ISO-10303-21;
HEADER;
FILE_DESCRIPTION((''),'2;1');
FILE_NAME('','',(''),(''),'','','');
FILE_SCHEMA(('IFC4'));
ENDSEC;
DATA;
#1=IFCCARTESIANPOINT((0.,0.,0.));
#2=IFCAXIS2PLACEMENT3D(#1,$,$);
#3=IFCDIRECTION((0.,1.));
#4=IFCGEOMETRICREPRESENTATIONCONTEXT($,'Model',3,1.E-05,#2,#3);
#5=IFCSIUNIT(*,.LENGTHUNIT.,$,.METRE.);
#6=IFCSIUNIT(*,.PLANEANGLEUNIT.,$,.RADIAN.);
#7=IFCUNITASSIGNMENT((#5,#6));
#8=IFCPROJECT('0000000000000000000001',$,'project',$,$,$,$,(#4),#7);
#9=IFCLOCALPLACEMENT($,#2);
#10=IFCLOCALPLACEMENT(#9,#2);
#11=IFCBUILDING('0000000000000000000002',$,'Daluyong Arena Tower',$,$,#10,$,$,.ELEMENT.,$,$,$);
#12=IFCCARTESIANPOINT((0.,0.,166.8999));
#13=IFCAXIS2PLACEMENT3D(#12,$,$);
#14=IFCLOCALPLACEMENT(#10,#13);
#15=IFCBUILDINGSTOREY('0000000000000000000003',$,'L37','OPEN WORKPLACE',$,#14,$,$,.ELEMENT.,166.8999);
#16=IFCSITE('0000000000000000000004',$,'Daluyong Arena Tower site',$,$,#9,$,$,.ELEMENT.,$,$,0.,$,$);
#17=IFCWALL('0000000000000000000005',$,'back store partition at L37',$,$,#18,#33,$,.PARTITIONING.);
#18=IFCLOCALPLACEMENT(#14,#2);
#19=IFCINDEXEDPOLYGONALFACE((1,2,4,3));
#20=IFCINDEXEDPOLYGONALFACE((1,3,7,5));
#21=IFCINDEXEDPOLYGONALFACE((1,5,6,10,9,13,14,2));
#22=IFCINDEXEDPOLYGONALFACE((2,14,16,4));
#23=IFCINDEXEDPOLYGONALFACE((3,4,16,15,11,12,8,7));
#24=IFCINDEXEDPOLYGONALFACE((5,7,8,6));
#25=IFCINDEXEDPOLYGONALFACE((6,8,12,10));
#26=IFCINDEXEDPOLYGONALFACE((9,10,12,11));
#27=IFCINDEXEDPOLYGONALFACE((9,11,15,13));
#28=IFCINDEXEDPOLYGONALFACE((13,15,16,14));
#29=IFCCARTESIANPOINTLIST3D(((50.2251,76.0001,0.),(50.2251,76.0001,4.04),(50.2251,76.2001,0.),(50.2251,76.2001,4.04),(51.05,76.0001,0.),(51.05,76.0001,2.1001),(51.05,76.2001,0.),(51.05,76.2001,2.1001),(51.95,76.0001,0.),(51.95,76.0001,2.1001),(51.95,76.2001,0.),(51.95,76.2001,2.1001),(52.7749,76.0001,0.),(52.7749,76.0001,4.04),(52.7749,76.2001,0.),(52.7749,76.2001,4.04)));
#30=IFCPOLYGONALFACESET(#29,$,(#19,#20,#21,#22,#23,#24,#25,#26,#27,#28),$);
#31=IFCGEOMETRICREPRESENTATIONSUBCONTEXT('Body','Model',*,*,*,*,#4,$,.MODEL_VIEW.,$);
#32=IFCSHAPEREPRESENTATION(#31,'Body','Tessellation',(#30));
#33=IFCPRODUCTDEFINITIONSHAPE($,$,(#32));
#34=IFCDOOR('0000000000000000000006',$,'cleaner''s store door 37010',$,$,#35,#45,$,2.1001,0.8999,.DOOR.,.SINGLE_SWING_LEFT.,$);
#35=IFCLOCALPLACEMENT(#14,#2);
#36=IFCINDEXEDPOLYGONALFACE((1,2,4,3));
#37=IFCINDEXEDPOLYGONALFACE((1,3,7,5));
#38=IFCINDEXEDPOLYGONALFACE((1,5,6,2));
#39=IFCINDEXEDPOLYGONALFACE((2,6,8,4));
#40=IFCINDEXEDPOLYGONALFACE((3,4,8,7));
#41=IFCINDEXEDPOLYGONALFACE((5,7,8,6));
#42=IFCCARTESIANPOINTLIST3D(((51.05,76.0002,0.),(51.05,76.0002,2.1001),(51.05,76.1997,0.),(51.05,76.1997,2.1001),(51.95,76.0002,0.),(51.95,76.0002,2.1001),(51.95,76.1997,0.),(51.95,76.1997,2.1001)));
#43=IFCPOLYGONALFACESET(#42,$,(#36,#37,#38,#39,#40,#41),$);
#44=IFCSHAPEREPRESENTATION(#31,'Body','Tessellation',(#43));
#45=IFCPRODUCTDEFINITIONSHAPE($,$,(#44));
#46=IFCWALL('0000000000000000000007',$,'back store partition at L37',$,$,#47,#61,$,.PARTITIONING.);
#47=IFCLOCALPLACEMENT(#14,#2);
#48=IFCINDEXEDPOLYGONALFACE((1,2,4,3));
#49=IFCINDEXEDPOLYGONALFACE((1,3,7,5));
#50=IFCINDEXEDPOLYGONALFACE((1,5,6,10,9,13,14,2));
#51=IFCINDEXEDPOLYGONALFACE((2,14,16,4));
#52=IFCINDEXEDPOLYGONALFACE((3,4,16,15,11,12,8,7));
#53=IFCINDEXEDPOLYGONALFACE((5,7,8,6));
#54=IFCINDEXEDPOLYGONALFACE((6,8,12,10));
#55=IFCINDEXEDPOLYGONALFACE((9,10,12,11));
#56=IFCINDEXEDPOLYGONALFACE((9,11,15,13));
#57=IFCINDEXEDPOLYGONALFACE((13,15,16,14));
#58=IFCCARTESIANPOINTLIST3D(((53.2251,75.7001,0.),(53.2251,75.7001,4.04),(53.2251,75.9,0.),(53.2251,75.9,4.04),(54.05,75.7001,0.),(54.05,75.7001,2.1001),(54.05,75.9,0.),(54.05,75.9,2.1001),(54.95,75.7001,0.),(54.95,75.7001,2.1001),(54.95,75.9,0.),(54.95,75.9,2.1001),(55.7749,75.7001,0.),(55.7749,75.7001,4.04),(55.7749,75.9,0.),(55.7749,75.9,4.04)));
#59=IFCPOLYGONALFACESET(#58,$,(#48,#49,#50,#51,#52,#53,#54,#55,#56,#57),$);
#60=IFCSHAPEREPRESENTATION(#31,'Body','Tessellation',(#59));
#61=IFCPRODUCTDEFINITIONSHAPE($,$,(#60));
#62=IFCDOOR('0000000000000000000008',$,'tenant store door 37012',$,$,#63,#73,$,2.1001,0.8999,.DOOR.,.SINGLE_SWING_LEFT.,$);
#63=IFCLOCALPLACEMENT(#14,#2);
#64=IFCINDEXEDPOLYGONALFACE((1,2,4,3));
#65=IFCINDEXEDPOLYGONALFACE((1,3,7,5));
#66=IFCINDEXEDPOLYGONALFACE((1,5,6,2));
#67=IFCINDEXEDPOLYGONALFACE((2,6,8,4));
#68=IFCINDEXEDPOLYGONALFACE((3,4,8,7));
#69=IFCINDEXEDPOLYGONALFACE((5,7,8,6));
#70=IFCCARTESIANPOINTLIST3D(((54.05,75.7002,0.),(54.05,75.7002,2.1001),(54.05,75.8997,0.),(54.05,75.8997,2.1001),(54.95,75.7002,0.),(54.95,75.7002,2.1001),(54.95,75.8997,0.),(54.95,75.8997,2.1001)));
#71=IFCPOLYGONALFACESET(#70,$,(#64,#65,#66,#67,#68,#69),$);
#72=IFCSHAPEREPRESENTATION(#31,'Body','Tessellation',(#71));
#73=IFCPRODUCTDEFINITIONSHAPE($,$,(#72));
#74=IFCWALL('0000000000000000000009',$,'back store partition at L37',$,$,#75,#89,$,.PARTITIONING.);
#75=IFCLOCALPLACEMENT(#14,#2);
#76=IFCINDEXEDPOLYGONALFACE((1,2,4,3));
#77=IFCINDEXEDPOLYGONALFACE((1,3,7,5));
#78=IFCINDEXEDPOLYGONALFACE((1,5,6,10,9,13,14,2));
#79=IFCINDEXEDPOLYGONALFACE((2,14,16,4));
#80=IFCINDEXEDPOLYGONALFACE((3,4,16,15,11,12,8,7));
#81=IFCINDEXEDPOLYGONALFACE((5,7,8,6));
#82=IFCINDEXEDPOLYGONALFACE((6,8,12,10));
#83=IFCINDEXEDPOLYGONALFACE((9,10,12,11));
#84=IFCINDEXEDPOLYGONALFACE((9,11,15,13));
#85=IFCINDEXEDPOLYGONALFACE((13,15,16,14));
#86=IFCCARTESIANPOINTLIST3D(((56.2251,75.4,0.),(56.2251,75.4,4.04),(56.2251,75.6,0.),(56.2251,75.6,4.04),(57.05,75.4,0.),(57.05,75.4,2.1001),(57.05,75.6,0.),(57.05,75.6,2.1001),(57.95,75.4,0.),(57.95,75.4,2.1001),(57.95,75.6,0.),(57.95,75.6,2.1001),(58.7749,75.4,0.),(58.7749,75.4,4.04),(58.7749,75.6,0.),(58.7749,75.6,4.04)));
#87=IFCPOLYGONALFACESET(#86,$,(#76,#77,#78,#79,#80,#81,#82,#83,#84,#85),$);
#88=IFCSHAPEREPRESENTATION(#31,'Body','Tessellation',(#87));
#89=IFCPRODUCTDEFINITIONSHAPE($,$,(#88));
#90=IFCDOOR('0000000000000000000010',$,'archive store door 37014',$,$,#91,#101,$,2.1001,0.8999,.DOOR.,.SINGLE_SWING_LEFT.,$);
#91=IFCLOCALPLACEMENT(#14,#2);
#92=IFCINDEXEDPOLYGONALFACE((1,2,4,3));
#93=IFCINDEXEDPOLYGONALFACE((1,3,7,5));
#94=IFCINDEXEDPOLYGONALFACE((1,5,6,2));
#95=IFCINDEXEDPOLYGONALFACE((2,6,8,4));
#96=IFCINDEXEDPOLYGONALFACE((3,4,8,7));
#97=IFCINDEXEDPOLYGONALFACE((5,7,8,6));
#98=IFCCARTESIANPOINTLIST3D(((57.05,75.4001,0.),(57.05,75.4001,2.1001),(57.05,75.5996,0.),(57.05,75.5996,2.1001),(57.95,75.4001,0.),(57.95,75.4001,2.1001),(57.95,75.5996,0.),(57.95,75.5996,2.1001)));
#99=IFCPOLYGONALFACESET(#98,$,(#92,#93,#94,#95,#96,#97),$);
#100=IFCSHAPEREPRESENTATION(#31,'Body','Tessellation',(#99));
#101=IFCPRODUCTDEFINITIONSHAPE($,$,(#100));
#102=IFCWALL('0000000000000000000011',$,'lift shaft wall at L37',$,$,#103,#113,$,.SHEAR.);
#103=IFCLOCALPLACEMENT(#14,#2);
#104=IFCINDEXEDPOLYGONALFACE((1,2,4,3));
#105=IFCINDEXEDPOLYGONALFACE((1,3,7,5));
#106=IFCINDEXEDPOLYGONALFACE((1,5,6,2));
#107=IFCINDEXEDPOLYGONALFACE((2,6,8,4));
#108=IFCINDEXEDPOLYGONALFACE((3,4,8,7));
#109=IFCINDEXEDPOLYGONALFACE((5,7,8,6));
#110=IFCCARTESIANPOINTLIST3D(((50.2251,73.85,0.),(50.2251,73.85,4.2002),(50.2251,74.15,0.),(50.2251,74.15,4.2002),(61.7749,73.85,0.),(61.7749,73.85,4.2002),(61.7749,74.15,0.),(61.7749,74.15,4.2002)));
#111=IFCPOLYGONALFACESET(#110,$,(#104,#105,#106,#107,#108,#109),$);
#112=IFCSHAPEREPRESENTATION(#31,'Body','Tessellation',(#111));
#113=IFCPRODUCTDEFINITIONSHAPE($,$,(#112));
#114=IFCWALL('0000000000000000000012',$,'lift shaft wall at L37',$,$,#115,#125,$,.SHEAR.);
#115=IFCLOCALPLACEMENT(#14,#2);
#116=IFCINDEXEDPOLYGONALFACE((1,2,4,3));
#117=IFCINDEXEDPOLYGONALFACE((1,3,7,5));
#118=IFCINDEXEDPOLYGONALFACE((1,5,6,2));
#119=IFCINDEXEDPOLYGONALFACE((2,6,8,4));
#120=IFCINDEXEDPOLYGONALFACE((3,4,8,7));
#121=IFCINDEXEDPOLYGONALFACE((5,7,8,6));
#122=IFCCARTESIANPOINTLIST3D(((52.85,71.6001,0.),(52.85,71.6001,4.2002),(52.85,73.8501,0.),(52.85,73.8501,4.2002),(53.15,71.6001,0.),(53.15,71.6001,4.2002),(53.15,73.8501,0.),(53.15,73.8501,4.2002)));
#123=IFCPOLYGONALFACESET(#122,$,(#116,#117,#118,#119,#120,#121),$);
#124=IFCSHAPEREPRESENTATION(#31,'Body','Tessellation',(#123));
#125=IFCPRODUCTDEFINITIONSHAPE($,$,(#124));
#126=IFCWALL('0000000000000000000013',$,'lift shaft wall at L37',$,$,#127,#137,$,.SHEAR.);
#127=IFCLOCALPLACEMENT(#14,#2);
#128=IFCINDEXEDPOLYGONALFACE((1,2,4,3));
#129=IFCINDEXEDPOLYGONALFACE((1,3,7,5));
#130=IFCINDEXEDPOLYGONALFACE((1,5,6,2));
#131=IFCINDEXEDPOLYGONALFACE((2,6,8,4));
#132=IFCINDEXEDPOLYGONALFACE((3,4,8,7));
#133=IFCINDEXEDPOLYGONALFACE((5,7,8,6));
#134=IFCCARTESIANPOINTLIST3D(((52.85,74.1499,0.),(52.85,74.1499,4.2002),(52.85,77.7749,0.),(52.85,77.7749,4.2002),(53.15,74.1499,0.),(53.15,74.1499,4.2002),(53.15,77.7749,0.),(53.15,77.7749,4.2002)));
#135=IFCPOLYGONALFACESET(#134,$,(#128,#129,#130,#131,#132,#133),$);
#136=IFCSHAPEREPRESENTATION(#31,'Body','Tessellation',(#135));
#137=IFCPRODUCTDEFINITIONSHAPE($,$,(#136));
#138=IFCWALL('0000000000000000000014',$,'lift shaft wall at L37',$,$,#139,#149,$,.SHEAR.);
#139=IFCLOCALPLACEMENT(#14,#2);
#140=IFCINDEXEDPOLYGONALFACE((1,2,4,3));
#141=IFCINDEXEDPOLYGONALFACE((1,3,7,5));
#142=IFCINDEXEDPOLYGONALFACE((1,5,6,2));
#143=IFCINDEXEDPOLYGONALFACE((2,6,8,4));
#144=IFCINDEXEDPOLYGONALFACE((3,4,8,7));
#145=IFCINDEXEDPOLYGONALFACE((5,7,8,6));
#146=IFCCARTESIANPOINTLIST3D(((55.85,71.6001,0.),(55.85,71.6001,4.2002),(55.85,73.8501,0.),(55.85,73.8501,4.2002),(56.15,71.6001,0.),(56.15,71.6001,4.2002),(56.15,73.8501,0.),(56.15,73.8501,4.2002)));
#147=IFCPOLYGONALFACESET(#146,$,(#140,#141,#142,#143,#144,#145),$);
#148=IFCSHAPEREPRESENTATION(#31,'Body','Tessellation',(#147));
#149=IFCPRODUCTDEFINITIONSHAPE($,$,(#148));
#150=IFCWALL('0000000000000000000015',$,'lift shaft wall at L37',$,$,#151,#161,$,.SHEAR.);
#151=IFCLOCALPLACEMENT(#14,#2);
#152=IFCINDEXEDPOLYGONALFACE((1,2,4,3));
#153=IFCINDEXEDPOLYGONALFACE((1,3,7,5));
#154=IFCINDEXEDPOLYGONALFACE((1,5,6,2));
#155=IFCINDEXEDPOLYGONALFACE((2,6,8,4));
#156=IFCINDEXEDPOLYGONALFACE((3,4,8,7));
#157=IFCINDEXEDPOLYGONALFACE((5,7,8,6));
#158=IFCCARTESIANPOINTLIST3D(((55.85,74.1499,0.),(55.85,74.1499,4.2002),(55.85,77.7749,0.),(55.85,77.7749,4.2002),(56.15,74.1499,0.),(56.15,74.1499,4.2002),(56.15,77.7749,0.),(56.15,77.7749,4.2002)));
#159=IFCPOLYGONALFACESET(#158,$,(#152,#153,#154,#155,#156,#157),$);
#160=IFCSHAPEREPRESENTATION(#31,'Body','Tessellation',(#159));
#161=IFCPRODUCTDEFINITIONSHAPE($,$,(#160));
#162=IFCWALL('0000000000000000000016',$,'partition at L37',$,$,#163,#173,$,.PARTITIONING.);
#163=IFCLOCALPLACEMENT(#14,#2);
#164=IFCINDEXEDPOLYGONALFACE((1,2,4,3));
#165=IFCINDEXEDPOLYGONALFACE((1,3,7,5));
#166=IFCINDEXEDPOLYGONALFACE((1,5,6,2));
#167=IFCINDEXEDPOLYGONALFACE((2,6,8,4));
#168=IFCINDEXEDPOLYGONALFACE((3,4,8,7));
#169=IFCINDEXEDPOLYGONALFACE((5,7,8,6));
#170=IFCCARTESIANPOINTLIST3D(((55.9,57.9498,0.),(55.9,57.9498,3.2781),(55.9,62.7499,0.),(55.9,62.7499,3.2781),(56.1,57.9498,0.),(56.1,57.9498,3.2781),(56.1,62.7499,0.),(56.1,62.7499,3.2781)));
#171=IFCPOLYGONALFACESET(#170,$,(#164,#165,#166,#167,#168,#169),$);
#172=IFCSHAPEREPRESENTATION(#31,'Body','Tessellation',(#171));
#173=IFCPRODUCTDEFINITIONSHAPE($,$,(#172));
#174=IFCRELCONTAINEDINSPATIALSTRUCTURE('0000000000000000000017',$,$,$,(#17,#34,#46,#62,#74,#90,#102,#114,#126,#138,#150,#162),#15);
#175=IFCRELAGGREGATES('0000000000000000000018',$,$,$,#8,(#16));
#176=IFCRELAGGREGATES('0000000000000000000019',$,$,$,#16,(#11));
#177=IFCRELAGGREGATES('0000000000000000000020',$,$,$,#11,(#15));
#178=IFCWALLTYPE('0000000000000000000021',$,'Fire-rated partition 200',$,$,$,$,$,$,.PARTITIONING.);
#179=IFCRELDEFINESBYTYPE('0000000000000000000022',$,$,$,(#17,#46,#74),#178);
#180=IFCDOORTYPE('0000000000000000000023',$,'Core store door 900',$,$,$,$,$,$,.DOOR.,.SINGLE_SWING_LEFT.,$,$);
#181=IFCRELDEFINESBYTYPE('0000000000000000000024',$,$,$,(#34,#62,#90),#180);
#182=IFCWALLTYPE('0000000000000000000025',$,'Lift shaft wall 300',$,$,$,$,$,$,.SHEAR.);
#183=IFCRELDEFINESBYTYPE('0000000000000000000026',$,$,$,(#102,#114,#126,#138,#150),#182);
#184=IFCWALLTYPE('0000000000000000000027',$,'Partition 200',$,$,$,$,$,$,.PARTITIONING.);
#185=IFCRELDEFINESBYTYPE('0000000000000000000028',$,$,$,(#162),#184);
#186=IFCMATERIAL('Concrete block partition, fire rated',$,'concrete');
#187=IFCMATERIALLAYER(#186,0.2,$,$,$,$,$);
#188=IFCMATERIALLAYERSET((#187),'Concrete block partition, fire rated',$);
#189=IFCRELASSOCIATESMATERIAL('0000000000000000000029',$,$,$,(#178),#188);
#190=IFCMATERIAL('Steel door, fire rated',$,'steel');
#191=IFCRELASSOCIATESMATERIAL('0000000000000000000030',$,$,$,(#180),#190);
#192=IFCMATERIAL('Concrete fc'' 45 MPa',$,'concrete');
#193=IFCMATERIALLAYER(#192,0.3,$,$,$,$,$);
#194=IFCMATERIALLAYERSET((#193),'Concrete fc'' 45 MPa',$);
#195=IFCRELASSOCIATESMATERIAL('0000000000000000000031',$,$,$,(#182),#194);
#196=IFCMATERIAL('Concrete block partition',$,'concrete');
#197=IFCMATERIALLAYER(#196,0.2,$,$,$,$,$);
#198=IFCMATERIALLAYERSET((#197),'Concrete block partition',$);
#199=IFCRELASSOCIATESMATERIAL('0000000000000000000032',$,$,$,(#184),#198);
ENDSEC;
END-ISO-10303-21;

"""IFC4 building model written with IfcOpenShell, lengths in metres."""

from ifc_helpers import new_model, si_unit, direction, frame, frame_2d, origin, place, context, subcontext, project, spatial, rectangle, extrude, material, layer, layer_set, type_object, element, fill, save


model = new_model("IFC4")

# Units and contexts
model_context = context("Model", 3, precision=1e-05, world=origin(), true_north=direction((0.0, 1.0)))
body_context = subcontext(model_context, "Body", "Model", "MODEL_VIEW")
ifc_project = project(units=[si_unit("LENGTHUNIT", "METRE"), si_unit("PLANEANGLEUNIT", "RADIAN")], contexts=[model_context])

# Site, building, storey
site_placement = place(None, origin())
site = spatial("IfcSite", under=ifc_project, at=site_placement, Name="Daluyong Arena Tower site", CompositionType="ELEMENT", RefElevation=0.0)
building_placement = place(site_placement, origin())
building = spatial("IfcBuilding", under=site, at=building_placement, Name="Daluyong Arena Tower", CompositionType="ELEMENT")
storey_placement = place(building_placement, frame((0.0, 0.0, 166.8999)))
storey = spatial("IfcBuildingStorey", under=building, at=storey_placement, Name="L37", Description="OPEN WORKPLACE", CompositionType="ELEMENT", Elevation=166.8999)

# Walls, openings, doors
ifc_material_1 = material(Name="Concrete block partition, fire rated", Category="concrete")
ifc_layer_1 = layer(ifc_material_1, 0.2)
ifc_layer_set_1 = layer_set([ifc_layer_1], Name="Concrete block partition, fire rated")
wall_type_1 = type_object("IfcWallType", Name="Fire-rated partition 200", PredefinedType="PARTITIONING", material=ifc_layer_set_1)
wall_1_placement = place(storey_placement, frame((50.2251, 76.1001, 0.0), z_axis=(0.0, 0.0, 1.0), x_axis=(1.0, 0.0, 0.0)))
wall_1 = element("IfcWall", 1, at=wall_1_placement, inside=storey, type_object=wall_type_1, Name="back store partition at L37", PredefinedType="PARTITIONING", context=body_context, shape_type="SweptSolid", body=[
    extrude(rectangle(XDim=2.5498, YDim=0.2, at=frame_2d((1.2749, 0.0))), origin(), (0.0, 0.0, 1.0), 4.04),
])
opening_1_placement = place(wall_1_placement, frame((0.825, 0.0, 0.0)))
opening_1 = element("IfcOpeningElement", 2, at=opening_1_placement, cuts=wall_1, PredefinedType="OPENING", context=body_context, shape_type="SweptSolid", body=[
    extrude(rectangle(XDim=0.8999, YDim=2.1001, at=frame_2d((0.45, 1.05))), frame((0.0, 0.1099, 0.0), z_axis=(0.0, -1.0, 0.0), x_axis=(1.0, 0.0, 0.0)), (0.0, 0.0, 1.0), 0.22),
])
ifc_material_2 = material(Name="Steel door, fire rated", Category="steel")
door_type_1 = type_object("IfcDoorType", Name="Core store door 900", OperationType="SINGLE_SWING_LEFT", PredefinedType="DOOR", material=ifc_material_2)
door_1_placement = place(opening_1_placement, origin())
door_1 = element("IfcDoor", 3, at=door_1_placement, inside=storey, type_object=door_type_1, Name="cleaner's store door 37010", OperationType="SINGLE_SWING_LEFT", OverallHeight=2.1001, OverallWidth=0.8999, PredefinedType="DOOR", context=body_context, shape_type="SweptSolid", body=[
    extrude(rectangle(XDim=0.8999, YDim=2.1001, at=frame_2d((0.45, 1.05))), frame((0.0, 0.0996, 0.0), z_axis=(0.0, -1.0, 0.0), x_axis=(1.0, 0.0, 0.0)), (0.0, 0.0, 1.0), 0.1995),
])
fill(opening_1, door_1)
wall_2_placement = place(storey_placement, frame((53.2251, 75.8, 0.0), z_axis=(0.0, 0.0, 1.0), x_axis=(1.0, 0.0, 0.0)))
wall_2 = element("IfcWall", 4, at=wall_2_placement, inside=storey, type_object=wall_type_1, Name="back store partition at L37", PredefinedType="PARTITIONING", context=body_context, shape_type="SweptSolid", body=[
    extrude(rectangle(XDim=2.5498, YDim=0.2, at=frame_2d((1.2749, 0.0))), origin(), (0.0, 0.0, 1.0), 4.04),
])
opening_2_placement = place(wall_2_placement, frame((0.825, 0.0, 0.0)))
opening_2 = element("IfcOpeningElement", 5, at=opening_2_placement, cuts=wall_2, PredefinedType="OPENING", context=body_context, shape_type="SweptSolid", body=[
    extrude(rectangle(XDim=0.8999, YDim=2.1001, at=frame_2d((0.45, 1.05))), frame((0.0, 0.1099, 0.0), z_axis=(0.0, -1.0, 0.0), x_axis=(1.0, 0.0, 0.0)), (0.0, 0.0, 1.0), 0.22),
])
door_2_placement = place(opening_2_placement, origin())
door_2 = element("IfcDoor", 6, at=door_2_placement, inside=storey, type_object=door_type_1, Name="tenant store door 37012", OperationType="SINGLE_SWING_LEFT", OverallHeight=2.1001, OverallWidth=0.8999, PredefinedType="DOOR", context=body_context, shape_type="SweptSolid", body=[
    extrude(rectangle(XDim=0.8999, YDim=2.1001, at=frame_2d((0.45, 1.05))), frame((0.0, 0.0996, 0.0), z_axis=(0.0, -1.0, 0.0), x_axis=(1.0, 0.0, 0.0)), (0.0, 0.0, 1.0), 0.1995),
])
fill(opening_2, door_2)
wall_3_placement = place(storey_placement, frame((56.2251, 75.5, 0.0), z_axis=(0.0, 0.0, 1.0), x_axis=(1.0, 0.0, 0.0)))
wall_3 = element("IfcWall", 7, at=wall_3_placement, inside=storey, type_object=wall_type_1, Name="back store partition at L37", PredefinedType="PARTITIONING", context=body_context, shape_type="SweptSolid", body=[
    extrude(rectangle(XDim=2.5498, YDim=0.2, at=frame_2d((1.2749, 0.0))), origin(), (0.0, 0.0, 1.0), 4.04),
])
opening_3_placement = place(wall_3_placement, frame((0.825, 0.0, 0.0)))
opening_3 = element("IfcOpeningElement", 8, at=opening_3_placement, cuts=wall_3, PredefinedType="OPENING", context=body_context, shape_type="SweptSolid", body=[
    extrude(rectangle(XDim=0.8999, YDim=2.1001, at=frame_2d((0.45, 1.05))), frame((0.0, 0.1099, 0.0), z_axis=(0.0, -1.0, 0.0), x_axis=(1.0, 0.0, 0.0)), (0.0, 0.0, 1.0), 0.22),
])
door_3_placement = place(opening_3_placement, origin())
door_3 = element("IfcDoor", 9, at=door_3_placement, inside=storey, type_object=door_type_1, Name="archive store door 37014", OperationType="SINGLE_SWING_LEFT", OverallHeight=2.1001, OverallWidth=0.8999, PredefinedType="DOOR", context=body_context, shape_type="SweptSolid", body=[
    extrude(rectangle(XDim=0.8999, YDim=2.1001, at=frame_2d((0.45, 1.05))), frame((0.0, 0.0996, 0.0), z_axis=(0.0, -1.0, 0.0), x_axis=(1.0, 0.0, 0.0)), (0.0, 0.0, 1.0), 0.1995),
])
fill(opening_3, door_3)

# Walls
ifc_material_3 = material(Name="Concrete fc' 45 MPa", Category="concrete")
ifc_layer_2 = layer(ifc_material_3, 0.3)
ifc_layer_set_2 = layer_set([ifc_layer_2], Name="Concrete fc' 45 MPa")
wall_type_2 = type_object("IfcWallType", Name="Lift shaft wall 300", PredefinedType="SHEAR", material=ifc_layer_set_2)
wall_4_placement = place(storey_placement, frame((50.2251, 74.0, 0.0), z_axis=(0.0, 0.0, 1.0), x_axis=(1.0, 0.0, 0.0)))
element("IfcWall", 10, at=wall_4_placement, inside=storey, type_object=wall_type_2, Name="lift shaft wall at L37", PredefinedType="SHEAR", context=body_context, shape_type="SweptSolid", body=[
    extrude(rectangle(XDim=11.5498, YDim=0.3, at=frame_2d((5.7749, 0.0))), origin(), (0.0, 0.0, 1.0), 4.2002),
])
wall_5_placement = place(storey_placement, frame((53.0, 71.6001, 0.0), z_axis=(0.0, 0.0, 1.0), x_axis=(0.0, 1.0, 0.0)))
element("IfcWall", 11, at=wall_5_placement, inside=storey, type_object=wall_type_2, Name="lift shaft wall at L37", PredefinedType="SHEAR", context=body_context, shape_type="SweptSolid", body=[
    extrude(rectangle(XDim=2.25, YDim=0.3, at=frame_2d((1.125, 0.0))), origin(), (0.0, 0.0, 1.0), 4.2002),
])
wall_6_placement = place(storey_placement, frame((53.0, 74.1499, 0.0), z_axis=(0.0, 0.0, 1.0), x_axis=(0.0, 1.0, 0.0)))
element("IfcWall", 12, at=wall_6_placement, inside=storey, type_object=wall_type_2, Name="lift shaft wall at L37", PredefinedType="SHEAR", context=body_context, shape_type="SweptSolid", body=[
    extrude(rectangle(XDim=3.625, YDim=0.3, at=frame_2d((1.8125, 0.0))), origin(), (0.0, 0.0, 1.0), 4.2002),
])
wall_7_placement = place(storey_placement, frame((56.0, 71.6001, 0.0), z_axis=(0.0, 0.0, 1.0), x_axis=(0.0, 1.0, 0.0)))
element("IfcWall", 13, at=wall_7_placement, inside=storey, type_object=wall_type_2, Name="lift shaft wall at L37", PredefinedType="SHEAR", context=body_context, shape_type="SweptSolid", body=[
    extrude(rectangle(XDim=2.25, YDim=0.3, at=frame_2d((1.125, 0.0))), origin(), (0.0, 0.0, 1.0), 4.2002),
])
wall_8_placement = place(storey_placement, frame((56.0, 74.1499, 0.0), z_axis=(0.0, 0.0, 1.0), x_axis=(0.0, 1.0, 0.0)))
element("IfcWall", 14, at=wall_8_placement, inside=storey, type_object=wall_type_2, Name="lift shaft wall at L37", PredefinedType="SHEAR", context=body_context, shape_type="SweptSolid", body=[
    extrude(rectangle(XDim=3.625, YDim=0.3, at=frame_2d((1.8125, 0.0))), origin(), (0.0, 0.0, 1.0), 4.2002),
])
ifc_material_4 = material(Name="Concrete block partition", Category="concrete")
ifc_layer_3 = layer(ifc_material_4, 0.2)
ifc_layer_set_3 = layer_set([ifc_layer_3], Name="Concrete block partition")
wall_type_3 = type_object("IfcWallType", Name="Partition 200", PredefinedType="PARTITIONING", material=ifc_layer_set_3)
wall_9_placement = place(storey_placement, frame((56.0, 57.95, 0.0), z_axis=(0.0, 0.0, 1.0), x_axis=(0.0, 1.0, 0.0)))
element("IfcWall", 15, at=wall_9_placement, inside=storey, type_object=wall_type_3, Name="partition at L37", PredefinedType="PARTITIONING", context=body_context, shape_type="SweptSolid", body=[
    extrude(rectangle(XDim=4.8, YDim=0.2, at=frame_2d((2.3999, 0.0))), origin(), (0.0, 0.0, 1.0), 3.2781),
])

save(model, "model.ifc")
